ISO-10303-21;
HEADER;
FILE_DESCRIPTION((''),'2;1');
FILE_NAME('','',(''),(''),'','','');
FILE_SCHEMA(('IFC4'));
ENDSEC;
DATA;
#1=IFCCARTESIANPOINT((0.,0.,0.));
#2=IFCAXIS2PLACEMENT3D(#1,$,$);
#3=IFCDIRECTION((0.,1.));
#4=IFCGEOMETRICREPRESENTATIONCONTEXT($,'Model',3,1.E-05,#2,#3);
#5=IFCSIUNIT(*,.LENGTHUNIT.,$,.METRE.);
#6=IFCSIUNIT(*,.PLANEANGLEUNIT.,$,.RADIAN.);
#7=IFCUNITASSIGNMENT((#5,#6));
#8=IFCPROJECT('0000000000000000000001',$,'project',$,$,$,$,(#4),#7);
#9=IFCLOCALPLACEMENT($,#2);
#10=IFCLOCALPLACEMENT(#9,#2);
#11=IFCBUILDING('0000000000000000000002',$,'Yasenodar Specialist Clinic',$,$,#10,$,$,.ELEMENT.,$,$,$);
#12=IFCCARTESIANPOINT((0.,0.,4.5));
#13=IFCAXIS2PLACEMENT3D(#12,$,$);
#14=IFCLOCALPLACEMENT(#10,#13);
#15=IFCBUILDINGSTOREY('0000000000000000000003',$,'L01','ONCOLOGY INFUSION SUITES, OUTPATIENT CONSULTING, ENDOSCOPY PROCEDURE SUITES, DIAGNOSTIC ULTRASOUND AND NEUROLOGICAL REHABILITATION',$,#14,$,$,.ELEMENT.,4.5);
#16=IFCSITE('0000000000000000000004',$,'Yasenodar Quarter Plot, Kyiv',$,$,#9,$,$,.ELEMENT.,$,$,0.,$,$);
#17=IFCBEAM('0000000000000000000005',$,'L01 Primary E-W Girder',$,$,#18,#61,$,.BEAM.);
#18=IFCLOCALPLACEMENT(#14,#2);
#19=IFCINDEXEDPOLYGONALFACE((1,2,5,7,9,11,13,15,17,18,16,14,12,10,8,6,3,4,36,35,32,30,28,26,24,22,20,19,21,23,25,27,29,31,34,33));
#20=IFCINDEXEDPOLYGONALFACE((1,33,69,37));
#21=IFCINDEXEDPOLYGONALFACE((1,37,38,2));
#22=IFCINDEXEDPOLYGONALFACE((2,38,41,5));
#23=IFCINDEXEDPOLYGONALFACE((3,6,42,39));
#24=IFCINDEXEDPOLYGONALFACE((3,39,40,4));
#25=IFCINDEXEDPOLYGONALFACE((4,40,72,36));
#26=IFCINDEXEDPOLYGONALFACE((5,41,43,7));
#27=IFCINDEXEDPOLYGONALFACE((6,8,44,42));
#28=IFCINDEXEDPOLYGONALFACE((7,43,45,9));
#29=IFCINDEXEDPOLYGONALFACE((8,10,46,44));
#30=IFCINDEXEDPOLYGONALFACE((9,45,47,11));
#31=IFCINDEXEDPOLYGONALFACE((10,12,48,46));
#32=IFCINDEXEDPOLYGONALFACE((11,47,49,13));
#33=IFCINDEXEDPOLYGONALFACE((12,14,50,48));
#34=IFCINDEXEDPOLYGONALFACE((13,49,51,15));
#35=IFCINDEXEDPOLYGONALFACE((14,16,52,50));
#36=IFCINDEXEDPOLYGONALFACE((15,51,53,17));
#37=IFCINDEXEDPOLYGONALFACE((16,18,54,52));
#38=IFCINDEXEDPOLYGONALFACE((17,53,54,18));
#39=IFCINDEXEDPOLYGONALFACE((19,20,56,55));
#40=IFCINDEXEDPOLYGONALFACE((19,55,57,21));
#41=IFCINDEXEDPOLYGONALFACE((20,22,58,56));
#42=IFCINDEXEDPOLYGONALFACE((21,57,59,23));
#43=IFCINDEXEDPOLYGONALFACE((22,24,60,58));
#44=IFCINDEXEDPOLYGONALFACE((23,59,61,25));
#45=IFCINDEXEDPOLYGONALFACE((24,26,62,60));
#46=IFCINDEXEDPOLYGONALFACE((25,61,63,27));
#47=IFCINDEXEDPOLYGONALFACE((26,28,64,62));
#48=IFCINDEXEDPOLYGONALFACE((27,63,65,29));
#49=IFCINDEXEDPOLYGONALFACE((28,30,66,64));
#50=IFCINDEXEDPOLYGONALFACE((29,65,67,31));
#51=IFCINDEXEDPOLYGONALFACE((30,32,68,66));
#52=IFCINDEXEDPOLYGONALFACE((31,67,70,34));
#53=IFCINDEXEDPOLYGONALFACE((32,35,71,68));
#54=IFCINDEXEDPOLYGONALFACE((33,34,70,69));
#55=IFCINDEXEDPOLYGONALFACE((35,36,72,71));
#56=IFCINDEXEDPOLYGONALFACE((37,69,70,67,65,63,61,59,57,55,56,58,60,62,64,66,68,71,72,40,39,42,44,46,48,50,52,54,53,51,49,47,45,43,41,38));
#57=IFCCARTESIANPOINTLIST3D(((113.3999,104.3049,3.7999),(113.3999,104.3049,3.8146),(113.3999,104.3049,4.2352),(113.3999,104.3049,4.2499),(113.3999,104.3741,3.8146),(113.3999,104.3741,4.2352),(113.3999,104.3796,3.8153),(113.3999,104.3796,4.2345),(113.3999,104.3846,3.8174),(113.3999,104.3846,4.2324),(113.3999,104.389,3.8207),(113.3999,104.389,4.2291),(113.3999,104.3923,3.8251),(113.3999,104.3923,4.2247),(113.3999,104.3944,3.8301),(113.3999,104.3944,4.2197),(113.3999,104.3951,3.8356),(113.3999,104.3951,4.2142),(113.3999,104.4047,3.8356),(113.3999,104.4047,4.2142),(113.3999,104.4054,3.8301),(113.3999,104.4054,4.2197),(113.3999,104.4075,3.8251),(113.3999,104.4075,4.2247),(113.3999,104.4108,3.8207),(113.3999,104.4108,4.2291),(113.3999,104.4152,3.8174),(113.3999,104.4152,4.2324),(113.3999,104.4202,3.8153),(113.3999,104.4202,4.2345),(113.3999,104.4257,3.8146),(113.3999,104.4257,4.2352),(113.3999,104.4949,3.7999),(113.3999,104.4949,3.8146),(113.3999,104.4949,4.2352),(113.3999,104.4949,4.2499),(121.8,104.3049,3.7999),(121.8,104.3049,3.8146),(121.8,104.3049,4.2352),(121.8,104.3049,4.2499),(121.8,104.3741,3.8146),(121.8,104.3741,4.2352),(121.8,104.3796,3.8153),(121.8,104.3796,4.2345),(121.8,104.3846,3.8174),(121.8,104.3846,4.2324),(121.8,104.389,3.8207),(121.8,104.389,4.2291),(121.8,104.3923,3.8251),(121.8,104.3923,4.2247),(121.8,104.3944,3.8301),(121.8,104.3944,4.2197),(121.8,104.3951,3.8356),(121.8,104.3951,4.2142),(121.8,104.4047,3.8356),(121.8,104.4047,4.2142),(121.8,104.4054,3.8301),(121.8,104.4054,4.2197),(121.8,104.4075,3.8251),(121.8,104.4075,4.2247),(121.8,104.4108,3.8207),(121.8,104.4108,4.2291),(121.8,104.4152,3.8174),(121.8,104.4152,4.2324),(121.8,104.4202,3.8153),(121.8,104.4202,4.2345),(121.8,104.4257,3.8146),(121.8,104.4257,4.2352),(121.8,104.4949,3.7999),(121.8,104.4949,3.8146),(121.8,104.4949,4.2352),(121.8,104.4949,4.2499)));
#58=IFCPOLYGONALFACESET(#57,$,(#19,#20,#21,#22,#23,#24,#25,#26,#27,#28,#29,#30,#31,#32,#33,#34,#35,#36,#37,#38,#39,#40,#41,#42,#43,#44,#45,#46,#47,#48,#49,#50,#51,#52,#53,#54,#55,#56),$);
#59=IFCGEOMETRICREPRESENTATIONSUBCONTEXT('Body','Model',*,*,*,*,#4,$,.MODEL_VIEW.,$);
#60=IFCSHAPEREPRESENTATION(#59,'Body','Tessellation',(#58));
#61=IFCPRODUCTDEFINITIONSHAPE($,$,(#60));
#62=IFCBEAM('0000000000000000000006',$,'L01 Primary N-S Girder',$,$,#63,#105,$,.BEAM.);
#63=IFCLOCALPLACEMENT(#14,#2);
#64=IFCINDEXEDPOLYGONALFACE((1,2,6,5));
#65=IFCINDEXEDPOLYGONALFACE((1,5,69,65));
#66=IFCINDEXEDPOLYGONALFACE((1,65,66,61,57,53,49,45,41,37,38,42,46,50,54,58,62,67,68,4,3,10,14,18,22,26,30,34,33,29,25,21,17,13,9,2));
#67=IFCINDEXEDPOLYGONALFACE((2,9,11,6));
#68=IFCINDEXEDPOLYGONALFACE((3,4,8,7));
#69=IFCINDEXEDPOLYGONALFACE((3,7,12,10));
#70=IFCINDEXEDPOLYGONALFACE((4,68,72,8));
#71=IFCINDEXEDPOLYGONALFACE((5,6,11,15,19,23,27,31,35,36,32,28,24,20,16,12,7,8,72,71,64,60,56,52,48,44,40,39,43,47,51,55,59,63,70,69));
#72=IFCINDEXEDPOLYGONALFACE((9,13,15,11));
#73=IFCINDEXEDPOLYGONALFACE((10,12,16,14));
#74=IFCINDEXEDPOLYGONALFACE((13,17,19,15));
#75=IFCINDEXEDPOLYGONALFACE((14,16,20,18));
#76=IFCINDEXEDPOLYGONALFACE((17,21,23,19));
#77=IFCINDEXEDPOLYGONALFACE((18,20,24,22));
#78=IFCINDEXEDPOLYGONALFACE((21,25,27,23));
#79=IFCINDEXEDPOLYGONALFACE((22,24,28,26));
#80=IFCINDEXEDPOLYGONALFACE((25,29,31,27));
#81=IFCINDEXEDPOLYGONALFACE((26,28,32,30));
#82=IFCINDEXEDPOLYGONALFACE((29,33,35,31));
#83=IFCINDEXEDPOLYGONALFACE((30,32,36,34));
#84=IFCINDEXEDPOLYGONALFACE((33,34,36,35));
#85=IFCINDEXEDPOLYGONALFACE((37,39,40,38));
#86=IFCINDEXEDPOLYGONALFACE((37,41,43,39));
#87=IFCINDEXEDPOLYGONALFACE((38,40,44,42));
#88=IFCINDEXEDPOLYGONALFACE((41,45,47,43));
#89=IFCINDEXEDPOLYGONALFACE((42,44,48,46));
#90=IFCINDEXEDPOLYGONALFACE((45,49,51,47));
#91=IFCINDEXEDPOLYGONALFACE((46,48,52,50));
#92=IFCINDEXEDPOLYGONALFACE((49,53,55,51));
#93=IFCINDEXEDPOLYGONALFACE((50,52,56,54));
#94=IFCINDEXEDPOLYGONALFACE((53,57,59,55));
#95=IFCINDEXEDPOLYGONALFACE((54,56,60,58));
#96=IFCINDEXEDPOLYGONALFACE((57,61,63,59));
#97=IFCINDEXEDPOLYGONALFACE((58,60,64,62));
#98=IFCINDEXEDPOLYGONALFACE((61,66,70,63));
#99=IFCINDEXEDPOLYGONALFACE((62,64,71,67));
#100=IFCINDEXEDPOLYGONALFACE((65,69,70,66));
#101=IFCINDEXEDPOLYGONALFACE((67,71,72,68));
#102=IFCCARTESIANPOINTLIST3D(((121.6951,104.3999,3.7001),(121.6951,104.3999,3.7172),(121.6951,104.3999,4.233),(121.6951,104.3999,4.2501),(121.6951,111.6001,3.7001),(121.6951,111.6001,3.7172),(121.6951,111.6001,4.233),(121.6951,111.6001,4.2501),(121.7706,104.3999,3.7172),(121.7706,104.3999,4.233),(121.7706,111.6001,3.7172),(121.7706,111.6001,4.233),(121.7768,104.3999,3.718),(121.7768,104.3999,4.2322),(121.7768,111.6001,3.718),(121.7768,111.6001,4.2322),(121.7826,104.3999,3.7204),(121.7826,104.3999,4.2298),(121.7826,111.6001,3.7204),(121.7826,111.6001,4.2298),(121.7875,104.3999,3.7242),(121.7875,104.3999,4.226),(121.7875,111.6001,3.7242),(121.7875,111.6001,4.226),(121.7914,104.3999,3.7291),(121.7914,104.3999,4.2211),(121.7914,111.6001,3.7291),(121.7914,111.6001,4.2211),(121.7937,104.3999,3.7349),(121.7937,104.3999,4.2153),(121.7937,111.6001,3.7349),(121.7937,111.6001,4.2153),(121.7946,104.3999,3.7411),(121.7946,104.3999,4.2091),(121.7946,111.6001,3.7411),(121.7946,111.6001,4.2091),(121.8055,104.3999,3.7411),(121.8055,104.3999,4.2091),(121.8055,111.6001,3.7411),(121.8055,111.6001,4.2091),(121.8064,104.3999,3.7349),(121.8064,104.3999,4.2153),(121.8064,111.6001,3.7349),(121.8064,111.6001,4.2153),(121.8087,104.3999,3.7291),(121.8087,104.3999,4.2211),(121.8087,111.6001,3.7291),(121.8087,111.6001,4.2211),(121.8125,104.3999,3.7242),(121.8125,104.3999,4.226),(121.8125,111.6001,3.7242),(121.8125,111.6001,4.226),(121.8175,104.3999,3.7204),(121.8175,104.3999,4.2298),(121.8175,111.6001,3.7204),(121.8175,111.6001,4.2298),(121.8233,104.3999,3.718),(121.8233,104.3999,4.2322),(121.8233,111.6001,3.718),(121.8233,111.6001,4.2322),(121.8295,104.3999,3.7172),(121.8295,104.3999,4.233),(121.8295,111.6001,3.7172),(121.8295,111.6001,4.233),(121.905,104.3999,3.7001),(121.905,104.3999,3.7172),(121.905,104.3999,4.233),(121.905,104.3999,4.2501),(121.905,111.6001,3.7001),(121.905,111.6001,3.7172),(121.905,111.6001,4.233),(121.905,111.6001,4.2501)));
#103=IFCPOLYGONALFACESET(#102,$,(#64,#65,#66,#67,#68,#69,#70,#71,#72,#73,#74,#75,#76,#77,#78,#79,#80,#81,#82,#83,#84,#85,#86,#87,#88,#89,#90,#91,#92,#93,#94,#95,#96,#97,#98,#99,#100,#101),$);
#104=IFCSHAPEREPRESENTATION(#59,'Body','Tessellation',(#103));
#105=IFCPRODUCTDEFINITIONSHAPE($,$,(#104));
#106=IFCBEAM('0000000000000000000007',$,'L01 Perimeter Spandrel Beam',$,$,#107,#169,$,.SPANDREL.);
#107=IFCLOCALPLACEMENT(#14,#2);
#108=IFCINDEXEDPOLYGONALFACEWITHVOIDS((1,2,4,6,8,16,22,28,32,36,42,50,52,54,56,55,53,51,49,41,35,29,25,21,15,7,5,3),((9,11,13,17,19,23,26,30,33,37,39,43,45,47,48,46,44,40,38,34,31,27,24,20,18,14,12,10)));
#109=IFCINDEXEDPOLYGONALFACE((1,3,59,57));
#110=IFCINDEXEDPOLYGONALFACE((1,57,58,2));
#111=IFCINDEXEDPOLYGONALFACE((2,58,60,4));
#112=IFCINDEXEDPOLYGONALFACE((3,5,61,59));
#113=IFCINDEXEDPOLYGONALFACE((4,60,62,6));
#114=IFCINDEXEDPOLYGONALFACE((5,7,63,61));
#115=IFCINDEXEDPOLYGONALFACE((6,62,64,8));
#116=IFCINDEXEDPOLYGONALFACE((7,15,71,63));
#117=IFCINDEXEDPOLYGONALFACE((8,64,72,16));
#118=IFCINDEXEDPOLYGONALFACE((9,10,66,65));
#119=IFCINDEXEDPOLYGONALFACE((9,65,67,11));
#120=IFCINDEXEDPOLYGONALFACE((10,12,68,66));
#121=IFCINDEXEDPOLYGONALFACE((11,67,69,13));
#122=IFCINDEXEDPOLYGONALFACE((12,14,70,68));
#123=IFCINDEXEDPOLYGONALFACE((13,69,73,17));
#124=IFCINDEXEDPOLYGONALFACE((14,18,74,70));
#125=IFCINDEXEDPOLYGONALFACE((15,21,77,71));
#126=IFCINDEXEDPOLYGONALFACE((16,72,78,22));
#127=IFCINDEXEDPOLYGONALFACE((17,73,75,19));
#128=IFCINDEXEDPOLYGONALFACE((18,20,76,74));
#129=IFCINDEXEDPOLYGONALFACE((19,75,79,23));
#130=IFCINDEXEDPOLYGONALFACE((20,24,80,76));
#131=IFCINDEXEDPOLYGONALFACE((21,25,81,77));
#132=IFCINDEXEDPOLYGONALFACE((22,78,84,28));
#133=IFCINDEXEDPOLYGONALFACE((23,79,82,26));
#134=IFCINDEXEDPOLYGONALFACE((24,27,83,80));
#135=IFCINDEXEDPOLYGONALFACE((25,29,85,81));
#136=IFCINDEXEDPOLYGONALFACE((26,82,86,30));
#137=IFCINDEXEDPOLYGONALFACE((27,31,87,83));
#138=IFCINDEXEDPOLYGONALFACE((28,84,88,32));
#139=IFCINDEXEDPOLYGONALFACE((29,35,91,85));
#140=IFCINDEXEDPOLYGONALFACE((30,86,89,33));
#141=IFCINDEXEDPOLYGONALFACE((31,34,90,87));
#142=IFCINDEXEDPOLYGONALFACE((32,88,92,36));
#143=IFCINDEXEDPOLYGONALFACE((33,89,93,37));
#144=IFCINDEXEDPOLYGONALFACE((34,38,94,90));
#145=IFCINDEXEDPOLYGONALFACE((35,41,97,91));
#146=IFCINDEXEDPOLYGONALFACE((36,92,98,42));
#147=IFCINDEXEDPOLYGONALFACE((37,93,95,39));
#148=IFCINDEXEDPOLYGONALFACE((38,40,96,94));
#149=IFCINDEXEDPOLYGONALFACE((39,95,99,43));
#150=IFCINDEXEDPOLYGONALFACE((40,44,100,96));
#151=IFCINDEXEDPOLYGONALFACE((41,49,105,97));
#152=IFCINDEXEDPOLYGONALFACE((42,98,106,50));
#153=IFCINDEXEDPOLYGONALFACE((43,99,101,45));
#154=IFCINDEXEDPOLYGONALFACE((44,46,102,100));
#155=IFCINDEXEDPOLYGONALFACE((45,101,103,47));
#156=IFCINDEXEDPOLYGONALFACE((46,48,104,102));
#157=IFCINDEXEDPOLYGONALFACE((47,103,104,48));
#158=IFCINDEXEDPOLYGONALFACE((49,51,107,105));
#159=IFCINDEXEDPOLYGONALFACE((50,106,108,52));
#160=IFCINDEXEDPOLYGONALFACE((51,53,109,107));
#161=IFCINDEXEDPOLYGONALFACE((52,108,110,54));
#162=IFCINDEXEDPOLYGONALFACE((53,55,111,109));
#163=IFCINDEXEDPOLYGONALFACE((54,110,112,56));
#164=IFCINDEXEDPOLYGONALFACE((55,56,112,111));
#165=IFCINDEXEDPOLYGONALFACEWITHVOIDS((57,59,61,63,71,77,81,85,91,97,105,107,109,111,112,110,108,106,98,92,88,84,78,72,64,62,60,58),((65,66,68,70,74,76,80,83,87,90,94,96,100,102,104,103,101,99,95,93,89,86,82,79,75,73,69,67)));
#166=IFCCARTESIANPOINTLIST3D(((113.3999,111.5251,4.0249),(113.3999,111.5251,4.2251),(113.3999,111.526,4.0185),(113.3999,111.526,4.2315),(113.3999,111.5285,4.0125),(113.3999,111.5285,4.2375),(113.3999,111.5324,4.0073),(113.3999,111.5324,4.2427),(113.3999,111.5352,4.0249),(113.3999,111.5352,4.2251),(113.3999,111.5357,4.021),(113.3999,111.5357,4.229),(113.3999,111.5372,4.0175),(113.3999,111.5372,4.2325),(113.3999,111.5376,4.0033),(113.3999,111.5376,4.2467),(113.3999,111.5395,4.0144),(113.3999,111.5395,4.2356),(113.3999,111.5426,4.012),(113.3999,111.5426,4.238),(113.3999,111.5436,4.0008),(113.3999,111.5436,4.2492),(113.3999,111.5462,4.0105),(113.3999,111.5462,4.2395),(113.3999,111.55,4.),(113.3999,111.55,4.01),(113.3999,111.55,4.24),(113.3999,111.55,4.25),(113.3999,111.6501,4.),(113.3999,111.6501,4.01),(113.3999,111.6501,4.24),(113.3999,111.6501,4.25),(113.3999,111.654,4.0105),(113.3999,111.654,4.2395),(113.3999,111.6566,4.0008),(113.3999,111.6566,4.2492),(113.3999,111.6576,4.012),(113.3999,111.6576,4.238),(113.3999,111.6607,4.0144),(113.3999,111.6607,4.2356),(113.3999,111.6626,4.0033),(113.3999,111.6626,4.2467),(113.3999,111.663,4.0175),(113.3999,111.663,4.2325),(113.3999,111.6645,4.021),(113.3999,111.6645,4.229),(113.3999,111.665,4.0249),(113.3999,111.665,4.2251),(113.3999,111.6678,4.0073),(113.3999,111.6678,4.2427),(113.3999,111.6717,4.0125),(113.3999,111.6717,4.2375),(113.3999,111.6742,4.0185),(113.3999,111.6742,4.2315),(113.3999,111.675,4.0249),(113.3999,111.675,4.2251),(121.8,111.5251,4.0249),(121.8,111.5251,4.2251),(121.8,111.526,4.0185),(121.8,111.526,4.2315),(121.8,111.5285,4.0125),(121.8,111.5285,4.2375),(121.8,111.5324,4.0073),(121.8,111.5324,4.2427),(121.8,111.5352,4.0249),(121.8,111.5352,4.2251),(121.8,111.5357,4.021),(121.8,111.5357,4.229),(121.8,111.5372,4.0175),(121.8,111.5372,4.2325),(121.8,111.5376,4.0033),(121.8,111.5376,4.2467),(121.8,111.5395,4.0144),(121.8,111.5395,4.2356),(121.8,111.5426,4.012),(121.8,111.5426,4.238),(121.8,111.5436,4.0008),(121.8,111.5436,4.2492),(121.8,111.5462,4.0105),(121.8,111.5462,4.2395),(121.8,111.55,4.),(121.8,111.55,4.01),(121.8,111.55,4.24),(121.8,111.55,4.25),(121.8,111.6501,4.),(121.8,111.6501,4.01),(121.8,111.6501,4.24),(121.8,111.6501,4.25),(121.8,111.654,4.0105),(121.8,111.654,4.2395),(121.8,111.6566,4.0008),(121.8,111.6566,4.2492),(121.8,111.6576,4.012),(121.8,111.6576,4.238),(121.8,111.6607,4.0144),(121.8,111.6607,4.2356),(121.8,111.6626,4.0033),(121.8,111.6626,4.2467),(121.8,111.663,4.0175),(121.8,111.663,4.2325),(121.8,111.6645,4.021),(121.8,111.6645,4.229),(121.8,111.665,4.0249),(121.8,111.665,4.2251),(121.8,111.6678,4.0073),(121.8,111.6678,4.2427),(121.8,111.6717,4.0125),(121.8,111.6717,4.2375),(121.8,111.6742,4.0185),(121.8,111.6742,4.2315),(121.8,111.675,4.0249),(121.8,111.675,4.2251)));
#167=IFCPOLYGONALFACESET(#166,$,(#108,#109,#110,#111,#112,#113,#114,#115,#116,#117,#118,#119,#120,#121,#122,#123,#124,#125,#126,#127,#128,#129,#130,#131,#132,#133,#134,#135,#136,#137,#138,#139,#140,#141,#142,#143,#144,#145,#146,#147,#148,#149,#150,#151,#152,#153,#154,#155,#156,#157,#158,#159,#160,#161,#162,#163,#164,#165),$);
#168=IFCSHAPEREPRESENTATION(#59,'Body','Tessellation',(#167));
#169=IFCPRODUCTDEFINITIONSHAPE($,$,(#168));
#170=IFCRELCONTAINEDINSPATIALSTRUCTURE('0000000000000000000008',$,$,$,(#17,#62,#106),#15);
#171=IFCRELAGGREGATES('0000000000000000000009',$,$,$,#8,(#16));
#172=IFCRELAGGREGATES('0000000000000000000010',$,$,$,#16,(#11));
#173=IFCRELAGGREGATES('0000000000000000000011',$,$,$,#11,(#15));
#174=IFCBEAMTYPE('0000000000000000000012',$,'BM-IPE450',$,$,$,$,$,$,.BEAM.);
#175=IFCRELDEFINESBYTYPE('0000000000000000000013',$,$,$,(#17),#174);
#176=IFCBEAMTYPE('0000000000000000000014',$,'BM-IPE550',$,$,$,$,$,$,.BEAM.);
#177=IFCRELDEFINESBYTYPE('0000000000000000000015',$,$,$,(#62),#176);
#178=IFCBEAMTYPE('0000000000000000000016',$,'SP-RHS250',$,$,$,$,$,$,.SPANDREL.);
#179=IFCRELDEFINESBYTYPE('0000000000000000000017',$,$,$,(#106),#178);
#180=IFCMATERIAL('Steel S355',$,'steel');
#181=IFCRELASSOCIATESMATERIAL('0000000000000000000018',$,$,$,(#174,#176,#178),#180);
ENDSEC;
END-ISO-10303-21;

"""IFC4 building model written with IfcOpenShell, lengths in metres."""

from ifc_helpers import new_model, si_unit, direction, frame, origin, origin_2d, place, context, subcontext, project, spatial, hollow_rectangle, i_section, extrude, material, material_profile, profile_set, type_object, element, save


model = new_model("IFC4")

# Units and contexts
model_context = context("Model", 3, precision=1e-05, world=origin(), true_north=direction((0.0, 1.0)))
body_context = subcontext(model_context, "Body", "Model", "MODEL_VIEW")
ifc_project = project(units=[si_unit("LENGTHUNIT", "METRE"), si_unit("PLANEANGLEUNIT", "RADIAN")], contexts=[model_context])

# Site, building, storey
site_placement = place(None, origin())
site = spatial("IfcSite", under=ifc_project, at=site_placement, Name="Yasenodar Quarter Plot, Kyiv", CompositionType="ELEMENT", RefElevation=0.0)
building_placement = place(site_placement, origin())
building = spatial("IfcBuilding", under=site, at=building_placement, Name="Yasenodar Specialist Clinic", CompositionType="ELEMENT")
storey_placement = place(building_placement, frame((0.0, 0.0, 4.5)))
storey = spatial("IfcBuildingStorey", under=building, at=storey_placement, Name="L01", Description="ONCOLOGY INFUSION SUITES, OUTPATIENT CONSULTING, ENDOSCOPY PROCEDURE SUITES, DIAGNOSTIC ULTRASOUND AND NEUROLOGICAL REHABILITATION", CompositionType="ELEMENT", Elevation=4.5)

# Shared definitions
ifc_material_1 = material(Name="Steel S355", Category="steel")

# Beams
ifc_material_profile_1 = material_profile(ifc_material_1, i_section(OverallWidth=0.1899, OverallDepth=0.45, WebThickness=0.0095, FlangeThickness=0.0146, FilletRadius=0.021, at=origin_2d()), Name="IPE 450")
ifc_profile_set_1 = profile_set([ifc_material_profile_1], Name="Steel S355")
beam_type_1 = type_object("IfcBeamType", Name="BM-IPE450", PredefinedType="BEAM", material=ifc_profile_set_1)
beam_1_placement = place(storey_placement, frame((113.3999, 104.3999, 4.0249), z_axis=(1.0, 0.0, 0.0), x_axis=(0.0, 1.0, 0.0)))
element("IfcBeam", 1, at=beam_1_placement, inside=storey, type_object=beam_type_1, Name="L01 Primary E-W Girder", PredefinedType="BEAM", context=body_context, shape_type="SweptSolid", body=[
    extrude(i_section(OverallWidth=0.1899, OverallDepth=0.45, WebThickness=0.0095, FlangeThickness=0.0146, FilletRadius=0.021, at=origin_2d()), origin(), (0.0, 0.0, 1.0), 8.4001),
])
ifc_material_profile_2 = material_profile(ifc_material_1, i_section(OverallWidth=0.21, OverallDepth=0.55, WebThickness=0.011, FlangeThickness=0.0171, FilletRadius=0.0239, at=origin_2d()), Name="IPE 550")
ifc_profile_set_2 = profile_set([ifc_material_profile_2], Name="Steel S355")
beam_type_2 = type_object("IfcBeamType", Name="BM-IPE550", PredefinedType="BEAM", material=ifc_profile_set_2)
beam_2_placement = place(storey_placement, frame((121.8, 104.3999, 3.9751), z_axis=(0.0, 1.0, 0.0), x_axis=(-1.0, 0.0, 0.0)))
element("IfcBeam", 2, at=beam_2_placement, inside=storey, type_object=beam_type_2, Name="L01 Primary N-S Girder", PredefinedType="BEAM", context=body_context, shape_type="SweptSolid", body=[
    extrude(i_section(OverallWidth=0.21, OverallDepth=0.55, WebThickness=0.011, FlangeThickness=0.0171, FilletRadius=0.0239, at=origin_2d()), origin(), (0.0, 0.0, 1.0), 7.2002),
])
ifc_material_profile_3 = material_profile(ifc_material_1, hollow_rectangle(XDim=0.1499, YDim=0.25, WallThickness=0.01, InnerFilletRadius=0.0149, OuterFilletRadius=0.0249, at=origin_2d()), Name="RHS 250x150x10")
ifc_profile_set_3 = profile_set([ifc_material_profile_3], Name="Steel S355")
beam_type_3 = type_object("IfcBeamType", Name="SP-RHS250", PredefinedType="SPANDREL", material=ifc_profile_set_3)
beam_3_placement = place(storey_placement, frame((113.3999, 111.6001, 4.125), z_axis=(1.0, 0.0, 0.0), x_axis=(0.0, 1.0, 0.0)))
element("IfcBeam", 3, at=beam_3_placement, inside=storey, type_object=beam_type_3, Name="L01 Perimeter Spandrel Beam", PredefinedType="SPANDREL", context=body_context, shape_type="SweptSolid", body=[
    extrude(hollow_rectangle(XDim=0.1499, YDim=0.25, WallThickness=0.01, InnerFilletRadius=0.0149, OuterFilletRadius=0.0249, at=origin_2d()), origin(), (0.0, 0.0, 1.0), 8.4001),
])

save(model, "model.ifc")
